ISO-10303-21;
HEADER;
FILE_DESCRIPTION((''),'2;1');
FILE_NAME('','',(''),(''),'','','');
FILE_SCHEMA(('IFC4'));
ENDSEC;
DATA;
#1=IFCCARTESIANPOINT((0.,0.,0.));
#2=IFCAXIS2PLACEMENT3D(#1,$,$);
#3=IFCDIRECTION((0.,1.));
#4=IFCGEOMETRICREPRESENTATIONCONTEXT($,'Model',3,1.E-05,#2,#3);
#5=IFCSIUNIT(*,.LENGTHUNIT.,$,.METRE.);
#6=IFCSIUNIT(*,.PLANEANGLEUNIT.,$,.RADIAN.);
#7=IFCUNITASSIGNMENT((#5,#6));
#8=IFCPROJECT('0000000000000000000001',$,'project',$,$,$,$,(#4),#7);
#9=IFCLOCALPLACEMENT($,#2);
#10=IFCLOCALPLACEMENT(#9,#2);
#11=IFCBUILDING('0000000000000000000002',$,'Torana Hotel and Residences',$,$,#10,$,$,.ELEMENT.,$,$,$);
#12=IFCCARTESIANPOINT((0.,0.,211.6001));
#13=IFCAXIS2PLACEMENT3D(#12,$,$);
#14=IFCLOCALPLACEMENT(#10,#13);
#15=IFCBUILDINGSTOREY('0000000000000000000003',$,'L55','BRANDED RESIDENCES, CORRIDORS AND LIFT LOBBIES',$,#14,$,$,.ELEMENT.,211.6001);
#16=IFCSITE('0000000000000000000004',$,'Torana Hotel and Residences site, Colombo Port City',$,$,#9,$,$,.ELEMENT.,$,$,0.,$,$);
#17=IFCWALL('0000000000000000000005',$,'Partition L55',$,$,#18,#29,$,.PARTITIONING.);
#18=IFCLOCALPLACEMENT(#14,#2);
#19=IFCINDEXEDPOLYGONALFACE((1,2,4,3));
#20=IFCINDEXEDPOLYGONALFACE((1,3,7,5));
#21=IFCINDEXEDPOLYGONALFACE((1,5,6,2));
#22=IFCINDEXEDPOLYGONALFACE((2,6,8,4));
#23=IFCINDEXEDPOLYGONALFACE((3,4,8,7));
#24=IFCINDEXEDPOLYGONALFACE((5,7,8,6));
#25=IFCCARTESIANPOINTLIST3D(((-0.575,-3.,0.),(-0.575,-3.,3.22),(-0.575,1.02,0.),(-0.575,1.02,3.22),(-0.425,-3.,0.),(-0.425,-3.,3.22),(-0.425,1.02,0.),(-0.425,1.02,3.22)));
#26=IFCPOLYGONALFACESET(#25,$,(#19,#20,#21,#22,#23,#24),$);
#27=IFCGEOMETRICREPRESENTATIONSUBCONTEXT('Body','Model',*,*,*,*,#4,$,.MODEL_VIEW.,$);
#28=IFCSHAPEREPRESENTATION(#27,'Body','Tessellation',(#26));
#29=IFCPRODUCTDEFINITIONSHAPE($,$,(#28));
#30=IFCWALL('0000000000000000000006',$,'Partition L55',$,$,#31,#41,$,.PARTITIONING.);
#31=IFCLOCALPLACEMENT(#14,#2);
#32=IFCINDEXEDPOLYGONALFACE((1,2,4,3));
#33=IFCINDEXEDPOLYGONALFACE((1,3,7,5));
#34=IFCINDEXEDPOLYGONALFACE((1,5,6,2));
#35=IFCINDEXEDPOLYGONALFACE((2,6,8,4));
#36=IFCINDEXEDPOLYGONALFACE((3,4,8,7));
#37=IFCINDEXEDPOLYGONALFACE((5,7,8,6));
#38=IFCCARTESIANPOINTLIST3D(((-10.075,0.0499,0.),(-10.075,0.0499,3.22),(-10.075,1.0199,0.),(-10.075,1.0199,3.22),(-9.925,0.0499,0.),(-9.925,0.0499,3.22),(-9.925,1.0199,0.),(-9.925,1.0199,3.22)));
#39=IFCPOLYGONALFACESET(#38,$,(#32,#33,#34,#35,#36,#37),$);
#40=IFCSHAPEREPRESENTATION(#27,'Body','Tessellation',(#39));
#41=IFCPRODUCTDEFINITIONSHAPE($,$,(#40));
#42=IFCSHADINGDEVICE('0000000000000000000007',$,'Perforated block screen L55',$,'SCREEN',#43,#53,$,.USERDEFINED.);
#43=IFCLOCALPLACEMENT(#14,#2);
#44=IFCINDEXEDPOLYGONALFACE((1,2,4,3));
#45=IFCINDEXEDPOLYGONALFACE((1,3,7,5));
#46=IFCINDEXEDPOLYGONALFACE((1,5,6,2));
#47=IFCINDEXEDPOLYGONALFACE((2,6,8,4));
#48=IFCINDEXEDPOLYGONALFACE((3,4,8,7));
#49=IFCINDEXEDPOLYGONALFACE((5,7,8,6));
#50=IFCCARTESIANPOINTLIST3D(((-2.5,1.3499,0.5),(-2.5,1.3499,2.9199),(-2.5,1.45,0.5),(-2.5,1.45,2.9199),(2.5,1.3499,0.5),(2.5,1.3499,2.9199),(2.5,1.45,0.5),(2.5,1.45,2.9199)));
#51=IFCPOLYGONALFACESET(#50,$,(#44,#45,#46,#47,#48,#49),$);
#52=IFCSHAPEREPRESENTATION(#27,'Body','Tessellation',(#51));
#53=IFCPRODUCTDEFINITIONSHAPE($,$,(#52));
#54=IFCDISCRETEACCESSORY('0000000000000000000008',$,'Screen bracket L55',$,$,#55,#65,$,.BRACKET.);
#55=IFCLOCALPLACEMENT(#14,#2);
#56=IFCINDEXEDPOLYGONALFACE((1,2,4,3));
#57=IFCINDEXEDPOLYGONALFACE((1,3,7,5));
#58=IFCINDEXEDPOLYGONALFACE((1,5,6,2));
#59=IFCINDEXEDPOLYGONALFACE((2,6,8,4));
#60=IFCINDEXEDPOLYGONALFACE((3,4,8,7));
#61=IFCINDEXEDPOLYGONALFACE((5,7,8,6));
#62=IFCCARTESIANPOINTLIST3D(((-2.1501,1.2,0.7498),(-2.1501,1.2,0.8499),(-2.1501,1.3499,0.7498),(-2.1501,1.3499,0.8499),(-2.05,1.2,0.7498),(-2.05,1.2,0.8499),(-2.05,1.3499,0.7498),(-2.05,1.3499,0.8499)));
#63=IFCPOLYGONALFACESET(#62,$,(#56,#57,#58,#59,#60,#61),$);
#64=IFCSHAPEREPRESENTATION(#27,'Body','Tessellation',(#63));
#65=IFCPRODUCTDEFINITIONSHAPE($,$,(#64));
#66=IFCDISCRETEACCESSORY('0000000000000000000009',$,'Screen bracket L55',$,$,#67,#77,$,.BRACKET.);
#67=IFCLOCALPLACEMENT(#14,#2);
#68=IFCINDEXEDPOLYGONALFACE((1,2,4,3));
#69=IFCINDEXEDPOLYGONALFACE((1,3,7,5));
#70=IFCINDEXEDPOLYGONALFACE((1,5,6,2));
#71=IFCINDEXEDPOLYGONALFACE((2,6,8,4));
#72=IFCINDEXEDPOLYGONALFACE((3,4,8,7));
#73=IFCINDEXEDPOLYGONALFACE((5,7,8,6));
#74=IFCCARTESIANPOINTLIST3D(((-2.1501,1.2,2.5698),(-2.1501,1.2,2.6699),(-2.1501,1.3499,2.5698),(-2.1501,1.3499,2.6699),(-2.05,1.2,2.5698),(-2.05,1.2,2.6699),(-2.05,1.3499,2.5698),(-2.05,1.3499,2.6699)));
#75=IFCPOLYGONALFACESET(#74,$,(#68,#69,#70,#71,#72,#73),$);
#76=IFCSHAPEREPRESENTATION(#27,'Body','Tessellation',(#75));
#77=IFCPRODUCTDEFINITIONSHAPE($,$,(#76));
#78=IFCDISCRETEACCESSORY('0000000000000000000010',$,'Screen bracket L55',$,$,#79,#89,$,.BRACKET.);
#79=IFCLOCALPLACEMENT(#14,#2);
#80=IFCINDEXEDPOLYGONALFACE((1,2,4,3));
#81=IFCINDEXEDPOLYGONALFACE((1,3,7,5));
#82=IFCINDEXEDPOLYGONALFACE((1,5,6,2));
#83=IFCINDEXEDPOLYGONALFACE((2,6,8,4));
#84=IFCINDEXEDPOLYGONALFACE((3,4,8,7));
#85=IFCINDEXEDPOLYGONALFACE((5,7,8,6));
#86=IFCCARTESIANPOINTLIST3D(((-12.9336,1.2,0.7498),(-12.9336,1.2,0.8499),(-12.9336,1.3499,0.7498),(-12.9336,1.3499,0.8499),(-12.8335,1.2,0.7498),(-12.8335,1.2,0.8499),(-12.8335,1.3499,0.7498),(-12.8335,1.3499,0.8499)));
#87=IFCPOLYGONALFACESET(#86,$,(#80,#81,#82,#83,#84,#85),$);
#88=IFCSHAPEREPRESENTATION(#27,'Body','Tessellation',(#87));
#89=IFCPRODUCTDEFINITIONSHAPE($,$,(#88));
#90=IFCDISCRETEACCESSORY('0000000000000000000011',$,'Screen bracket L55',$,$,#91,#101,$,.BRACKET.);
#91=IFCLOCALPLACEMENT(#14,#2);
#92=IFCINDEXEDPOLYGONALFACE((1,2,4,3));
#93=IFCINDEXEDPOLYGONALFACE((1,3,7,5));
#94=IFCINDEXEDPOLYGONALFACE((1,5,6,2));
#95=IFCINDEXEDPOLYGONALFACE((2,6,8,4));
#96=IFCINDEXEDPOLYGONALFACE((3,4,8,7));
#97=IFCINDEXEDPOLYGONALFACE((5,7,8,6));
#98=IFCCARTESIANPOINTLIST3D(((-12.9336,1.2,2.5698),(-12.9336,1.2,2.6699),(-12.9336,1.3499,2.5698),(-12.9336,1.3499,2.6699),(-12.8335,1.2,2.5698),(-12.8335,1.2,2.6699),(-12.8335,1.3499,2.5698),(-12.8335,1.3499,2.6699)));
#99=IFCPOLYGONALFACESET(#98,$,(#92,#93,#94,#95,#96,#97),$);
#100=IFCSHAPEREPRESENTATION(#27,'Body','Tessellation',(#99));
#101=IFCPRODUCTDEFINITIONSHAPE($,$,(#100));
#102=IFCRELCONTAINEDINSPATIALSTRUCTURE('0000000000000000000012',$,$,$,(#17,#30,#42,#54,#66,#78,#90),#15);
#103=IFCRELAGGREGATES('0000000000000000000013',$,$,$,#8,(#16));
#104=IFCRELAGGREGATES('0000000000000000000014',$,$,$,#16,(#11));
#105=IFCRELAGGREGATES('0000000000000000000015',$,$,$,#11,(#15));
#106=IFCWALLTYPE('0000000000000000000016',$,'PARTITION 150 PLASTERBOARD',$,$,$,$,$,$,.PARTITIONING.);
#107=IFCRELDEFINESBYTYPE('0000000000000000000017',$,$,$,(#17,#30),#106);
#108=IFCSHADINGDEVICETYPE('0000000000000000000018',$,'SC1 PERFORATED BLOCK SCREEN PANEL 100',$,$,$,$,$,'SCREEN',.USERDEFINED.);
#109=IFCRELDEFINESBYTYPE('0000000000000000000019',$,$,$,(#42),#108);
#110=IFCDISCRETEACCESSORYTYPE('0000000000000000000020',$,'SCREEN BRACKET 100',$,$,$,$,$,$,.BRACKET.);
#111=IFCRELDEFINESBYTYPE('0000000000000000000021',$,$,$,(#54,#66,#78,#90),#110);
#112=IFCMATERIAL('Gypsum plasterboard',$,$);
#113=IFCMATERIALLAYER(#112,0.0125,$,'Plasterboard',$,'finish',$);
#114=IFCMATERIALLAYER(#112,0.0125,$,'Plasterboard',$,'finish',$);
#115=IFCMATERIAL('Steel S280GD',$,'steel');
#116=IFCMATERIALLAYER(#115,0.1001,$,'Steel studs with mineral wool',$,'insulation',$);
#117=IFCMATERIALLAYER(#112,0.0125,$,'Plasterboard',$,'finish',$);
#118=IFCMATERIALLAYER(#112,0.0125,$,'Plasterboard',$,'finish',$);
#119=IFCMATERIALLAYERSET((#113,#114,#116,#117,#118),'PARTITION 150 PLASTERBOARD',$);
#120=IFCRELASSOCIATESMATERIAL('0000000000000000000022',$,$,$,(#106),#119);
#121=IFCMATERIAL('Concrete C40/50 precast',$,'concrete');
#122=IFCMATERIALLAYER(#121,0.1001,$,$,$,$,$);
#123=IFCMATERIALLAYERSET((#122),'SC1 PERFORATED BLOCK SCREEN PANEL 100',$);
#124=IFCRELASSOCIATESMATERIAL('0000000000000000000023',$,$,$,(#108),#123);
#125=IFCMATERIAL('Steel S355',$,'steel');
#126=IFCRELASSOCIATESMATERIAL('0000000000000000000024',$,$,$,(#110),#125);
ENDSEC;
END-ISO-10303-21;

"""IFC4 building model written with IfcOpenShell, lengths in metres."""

from ifc_helpers import new_model, si_unit, direction, frame, frame_2d, origin, origin_2d, place, context, subcontext, project, spatial, rectangle, extrude, material, layer, layer_set, type_object, element, save


model = new_model("IFC4")

# Units and contexts
model_context = context("Model", 3, precision=1e-05, world=origin(), true_north=direction((0.0, 1.0)))
body_context = subcontext(model_context, "Body", "Model", "MODEL_VIEW")
ifc_project = project(units=[si_unit("LENGTHUNIT", "METRE"), si_unit("PLANEANGLEUNIT", "RADIAN")], contexts=[model_context])

# Site, building, storey
site_placement = place(None, origin())
site = spatial("IfcSite", under=ifc_project, at=site_placement, Name="Torana Hotel and Residences site, Colombo Port City", CompositionType="ELEMENT", RefElevation=0.0)
building_placement = place(site_placement, origin())
building = spatial("IfcBuilding", under=site, at=building_placement, Name="Torana Hotel and Residences", CompositionType="ELEMENT")
storey_placement = place(building_placement, frame((0.0, 0.0, 211.6001)))
storey = spatial("IfcBuildingStorey", under=building, at=storey_placement, Name="L55", Description="BRANDED RESIDENCES, CORRIDORS AND LIFT LOBBIES", CompositionType="ELEMENT", Elevation=211.6001)

# Walls
ifc_material_1 = material(Name="Gypsum plasterboard")
ifc_layer_1 = layer(ifc_material_1, 0.0125, Name="Plasterboard", Category="finish")
ifc_layer_2 = layer(ifc_material_1, 0.0125, Name="Plasterboard", Category="finish")
ifc_material_2 = material(Name="Steel S280GD", Category="steel")
ifc_layer_3 = layer(ifc_material_2, 0.1001, Name="Steel studs with mineral wool", Category="insulation")
ifc_layer_4 = layer(ifc_material_1, 0.0125, Name="Plasterboard", Category="finish")
ifc_layer_5 = layer(ifc_material_1, 0.0125, Name="Plasterboard", Category="finish")
ifc_layer_set_1 = layer_set([ifc_layer_1, ifc_layer_2, ifc_layer_3, ifc_layer_4, ifc_layer_5], Name="PARTITION 150 PLASTERBOARD")
wall_type_1 = type_object("IfcWallType", Name="PARTITION 150 PLASTERBOARD", PredefinedType="PARTITIONING", material=ifc_layer_set_1)
wall_1_placement = place(storey_placement, frame((-0.5, -3.0, 0.0), z_axis=(0.0, 0.0, 1.0), x_axis=(0.0, 1.0, 0.0)))
element("IfcWall", 1, at=wall_1_placement, inside=storey, type_object=wall_type_1, Name="Partition L55", PredefinedType="PARTITIONING", context=body_context, shape_type="SweptSolid", body=[
    extrude(rectangle(XDim=4.02, YDim=0.1499, at=frame_2d((2.01, 0.0))), origin(), (0.0, 0.0, 1.0), 3.22),
])
wall_2_placement = place(storey_placement, frame((-10.0, 0.05, 0.0), z_axis=(0.0, 0.0, 1.0), x_axis=(0.0, 1.0, 0.0)))
element("IfcWall", 2, at=wall_2_placement, inside=storey, type_object=wall_type_1, Name="Partition L55", PredefinedType="PARTITIONING", context=body_context, shape_type="SweptSolid", body=[
    extrude(rectangle(XDim=0.97, YDim=0.1499, at=frame_2d((0.4849, 0.0))), origin(), (0.0, 0.0, 1.0), 3.22),
])

# Shading device
ifc_material_3 = material(Name="Concrete C40/50 precast", Category="concrete")
ifc_layer_6 = layer(ifc_material_3, 0.1001)
ifc_layer_set_2 = layer_set([ifc_layer_6], Name="SC1 PERFORATED BLOCK SCREEN PANEL 100")
shading_device_type = type_object("IfcShadingDeviceType", Name="SC1 PERFORATED BLOCK SCREEN PANEL 100", ElementType="SCREEN", PredefinedType="USERDEFINED", material=ifc_layer_set_2)
shading_device_placement = place(storey_placement, frame((0.0, 1.3999, 0.5), z_axis=(0.0, 0.0, 1.0), x_axis=(-1.0, 0.0, 0.0)))
element("IfcShadingDevice", 3, at=shading_device_placement, inside=storey, type_object=shading_device_type, Name="Perforated block screen L55", ObjectType="SCREEN", PredefinedType="USERDEFINED", context=body_context, shape_type="SweptSolid", body=[
    extrude(rectangle(XDim=5.0, YDim=0.1001, at=origin_2d()), origin(), (0.0, 0.0, 1.0), 2.4199),
])

# Discrete accessories
ifc_material_4 = material(Name="Steel S355", Category="steel")
discrete_accessory_type = type_object("IfcDiscreteAccessoryType", Name="SCREEN BRACKET 100", PredefinedType="BRACKET", material=ifc_material_4)
for number, where, z_axis, x_axis, name in (
    (4, (-2.1001, 1.2749, 0.7498), (0.0, 0.0, 1.0), (-1.0, 0.0, 0.0), "Screen bracket L55"),
    (5, (-2.1001, 1.2749, 2.5698), (0.0, 0.0, 1.0), (-1.0, 0.0, 0.0), "Screen bracket L55"),
    (6, (-12.8835, 1.2749, 0.7498), (0.0, 0.0, 1.0), (-1.0, 0.0, 0.0), "Screen bracket L55"),
    (7, (-12.8835, 1.2749, 2.5698), (0.0, 0.0, 1.0), (-1.0, 0.0, 0.0), "Screen bracket L55"),
):
    element("IfcDiscreteAccessory", number, at=place(storey_placement, frame(where, z_axis=z_axis, x_axis=x_axis)), inside=storey, type_object=discrete_accessory_type, Name=name, PredefinedType="BRACKET", context=body_context, shape_type="SweptSolid", body=[
        extrude(rectangle(XDim=0.1001, YDim=0.1499, at=origin_2d()), origin(), (0.0, 0.0, 1.0), 0.1001),
    ])

save(model, "model.ifc")
